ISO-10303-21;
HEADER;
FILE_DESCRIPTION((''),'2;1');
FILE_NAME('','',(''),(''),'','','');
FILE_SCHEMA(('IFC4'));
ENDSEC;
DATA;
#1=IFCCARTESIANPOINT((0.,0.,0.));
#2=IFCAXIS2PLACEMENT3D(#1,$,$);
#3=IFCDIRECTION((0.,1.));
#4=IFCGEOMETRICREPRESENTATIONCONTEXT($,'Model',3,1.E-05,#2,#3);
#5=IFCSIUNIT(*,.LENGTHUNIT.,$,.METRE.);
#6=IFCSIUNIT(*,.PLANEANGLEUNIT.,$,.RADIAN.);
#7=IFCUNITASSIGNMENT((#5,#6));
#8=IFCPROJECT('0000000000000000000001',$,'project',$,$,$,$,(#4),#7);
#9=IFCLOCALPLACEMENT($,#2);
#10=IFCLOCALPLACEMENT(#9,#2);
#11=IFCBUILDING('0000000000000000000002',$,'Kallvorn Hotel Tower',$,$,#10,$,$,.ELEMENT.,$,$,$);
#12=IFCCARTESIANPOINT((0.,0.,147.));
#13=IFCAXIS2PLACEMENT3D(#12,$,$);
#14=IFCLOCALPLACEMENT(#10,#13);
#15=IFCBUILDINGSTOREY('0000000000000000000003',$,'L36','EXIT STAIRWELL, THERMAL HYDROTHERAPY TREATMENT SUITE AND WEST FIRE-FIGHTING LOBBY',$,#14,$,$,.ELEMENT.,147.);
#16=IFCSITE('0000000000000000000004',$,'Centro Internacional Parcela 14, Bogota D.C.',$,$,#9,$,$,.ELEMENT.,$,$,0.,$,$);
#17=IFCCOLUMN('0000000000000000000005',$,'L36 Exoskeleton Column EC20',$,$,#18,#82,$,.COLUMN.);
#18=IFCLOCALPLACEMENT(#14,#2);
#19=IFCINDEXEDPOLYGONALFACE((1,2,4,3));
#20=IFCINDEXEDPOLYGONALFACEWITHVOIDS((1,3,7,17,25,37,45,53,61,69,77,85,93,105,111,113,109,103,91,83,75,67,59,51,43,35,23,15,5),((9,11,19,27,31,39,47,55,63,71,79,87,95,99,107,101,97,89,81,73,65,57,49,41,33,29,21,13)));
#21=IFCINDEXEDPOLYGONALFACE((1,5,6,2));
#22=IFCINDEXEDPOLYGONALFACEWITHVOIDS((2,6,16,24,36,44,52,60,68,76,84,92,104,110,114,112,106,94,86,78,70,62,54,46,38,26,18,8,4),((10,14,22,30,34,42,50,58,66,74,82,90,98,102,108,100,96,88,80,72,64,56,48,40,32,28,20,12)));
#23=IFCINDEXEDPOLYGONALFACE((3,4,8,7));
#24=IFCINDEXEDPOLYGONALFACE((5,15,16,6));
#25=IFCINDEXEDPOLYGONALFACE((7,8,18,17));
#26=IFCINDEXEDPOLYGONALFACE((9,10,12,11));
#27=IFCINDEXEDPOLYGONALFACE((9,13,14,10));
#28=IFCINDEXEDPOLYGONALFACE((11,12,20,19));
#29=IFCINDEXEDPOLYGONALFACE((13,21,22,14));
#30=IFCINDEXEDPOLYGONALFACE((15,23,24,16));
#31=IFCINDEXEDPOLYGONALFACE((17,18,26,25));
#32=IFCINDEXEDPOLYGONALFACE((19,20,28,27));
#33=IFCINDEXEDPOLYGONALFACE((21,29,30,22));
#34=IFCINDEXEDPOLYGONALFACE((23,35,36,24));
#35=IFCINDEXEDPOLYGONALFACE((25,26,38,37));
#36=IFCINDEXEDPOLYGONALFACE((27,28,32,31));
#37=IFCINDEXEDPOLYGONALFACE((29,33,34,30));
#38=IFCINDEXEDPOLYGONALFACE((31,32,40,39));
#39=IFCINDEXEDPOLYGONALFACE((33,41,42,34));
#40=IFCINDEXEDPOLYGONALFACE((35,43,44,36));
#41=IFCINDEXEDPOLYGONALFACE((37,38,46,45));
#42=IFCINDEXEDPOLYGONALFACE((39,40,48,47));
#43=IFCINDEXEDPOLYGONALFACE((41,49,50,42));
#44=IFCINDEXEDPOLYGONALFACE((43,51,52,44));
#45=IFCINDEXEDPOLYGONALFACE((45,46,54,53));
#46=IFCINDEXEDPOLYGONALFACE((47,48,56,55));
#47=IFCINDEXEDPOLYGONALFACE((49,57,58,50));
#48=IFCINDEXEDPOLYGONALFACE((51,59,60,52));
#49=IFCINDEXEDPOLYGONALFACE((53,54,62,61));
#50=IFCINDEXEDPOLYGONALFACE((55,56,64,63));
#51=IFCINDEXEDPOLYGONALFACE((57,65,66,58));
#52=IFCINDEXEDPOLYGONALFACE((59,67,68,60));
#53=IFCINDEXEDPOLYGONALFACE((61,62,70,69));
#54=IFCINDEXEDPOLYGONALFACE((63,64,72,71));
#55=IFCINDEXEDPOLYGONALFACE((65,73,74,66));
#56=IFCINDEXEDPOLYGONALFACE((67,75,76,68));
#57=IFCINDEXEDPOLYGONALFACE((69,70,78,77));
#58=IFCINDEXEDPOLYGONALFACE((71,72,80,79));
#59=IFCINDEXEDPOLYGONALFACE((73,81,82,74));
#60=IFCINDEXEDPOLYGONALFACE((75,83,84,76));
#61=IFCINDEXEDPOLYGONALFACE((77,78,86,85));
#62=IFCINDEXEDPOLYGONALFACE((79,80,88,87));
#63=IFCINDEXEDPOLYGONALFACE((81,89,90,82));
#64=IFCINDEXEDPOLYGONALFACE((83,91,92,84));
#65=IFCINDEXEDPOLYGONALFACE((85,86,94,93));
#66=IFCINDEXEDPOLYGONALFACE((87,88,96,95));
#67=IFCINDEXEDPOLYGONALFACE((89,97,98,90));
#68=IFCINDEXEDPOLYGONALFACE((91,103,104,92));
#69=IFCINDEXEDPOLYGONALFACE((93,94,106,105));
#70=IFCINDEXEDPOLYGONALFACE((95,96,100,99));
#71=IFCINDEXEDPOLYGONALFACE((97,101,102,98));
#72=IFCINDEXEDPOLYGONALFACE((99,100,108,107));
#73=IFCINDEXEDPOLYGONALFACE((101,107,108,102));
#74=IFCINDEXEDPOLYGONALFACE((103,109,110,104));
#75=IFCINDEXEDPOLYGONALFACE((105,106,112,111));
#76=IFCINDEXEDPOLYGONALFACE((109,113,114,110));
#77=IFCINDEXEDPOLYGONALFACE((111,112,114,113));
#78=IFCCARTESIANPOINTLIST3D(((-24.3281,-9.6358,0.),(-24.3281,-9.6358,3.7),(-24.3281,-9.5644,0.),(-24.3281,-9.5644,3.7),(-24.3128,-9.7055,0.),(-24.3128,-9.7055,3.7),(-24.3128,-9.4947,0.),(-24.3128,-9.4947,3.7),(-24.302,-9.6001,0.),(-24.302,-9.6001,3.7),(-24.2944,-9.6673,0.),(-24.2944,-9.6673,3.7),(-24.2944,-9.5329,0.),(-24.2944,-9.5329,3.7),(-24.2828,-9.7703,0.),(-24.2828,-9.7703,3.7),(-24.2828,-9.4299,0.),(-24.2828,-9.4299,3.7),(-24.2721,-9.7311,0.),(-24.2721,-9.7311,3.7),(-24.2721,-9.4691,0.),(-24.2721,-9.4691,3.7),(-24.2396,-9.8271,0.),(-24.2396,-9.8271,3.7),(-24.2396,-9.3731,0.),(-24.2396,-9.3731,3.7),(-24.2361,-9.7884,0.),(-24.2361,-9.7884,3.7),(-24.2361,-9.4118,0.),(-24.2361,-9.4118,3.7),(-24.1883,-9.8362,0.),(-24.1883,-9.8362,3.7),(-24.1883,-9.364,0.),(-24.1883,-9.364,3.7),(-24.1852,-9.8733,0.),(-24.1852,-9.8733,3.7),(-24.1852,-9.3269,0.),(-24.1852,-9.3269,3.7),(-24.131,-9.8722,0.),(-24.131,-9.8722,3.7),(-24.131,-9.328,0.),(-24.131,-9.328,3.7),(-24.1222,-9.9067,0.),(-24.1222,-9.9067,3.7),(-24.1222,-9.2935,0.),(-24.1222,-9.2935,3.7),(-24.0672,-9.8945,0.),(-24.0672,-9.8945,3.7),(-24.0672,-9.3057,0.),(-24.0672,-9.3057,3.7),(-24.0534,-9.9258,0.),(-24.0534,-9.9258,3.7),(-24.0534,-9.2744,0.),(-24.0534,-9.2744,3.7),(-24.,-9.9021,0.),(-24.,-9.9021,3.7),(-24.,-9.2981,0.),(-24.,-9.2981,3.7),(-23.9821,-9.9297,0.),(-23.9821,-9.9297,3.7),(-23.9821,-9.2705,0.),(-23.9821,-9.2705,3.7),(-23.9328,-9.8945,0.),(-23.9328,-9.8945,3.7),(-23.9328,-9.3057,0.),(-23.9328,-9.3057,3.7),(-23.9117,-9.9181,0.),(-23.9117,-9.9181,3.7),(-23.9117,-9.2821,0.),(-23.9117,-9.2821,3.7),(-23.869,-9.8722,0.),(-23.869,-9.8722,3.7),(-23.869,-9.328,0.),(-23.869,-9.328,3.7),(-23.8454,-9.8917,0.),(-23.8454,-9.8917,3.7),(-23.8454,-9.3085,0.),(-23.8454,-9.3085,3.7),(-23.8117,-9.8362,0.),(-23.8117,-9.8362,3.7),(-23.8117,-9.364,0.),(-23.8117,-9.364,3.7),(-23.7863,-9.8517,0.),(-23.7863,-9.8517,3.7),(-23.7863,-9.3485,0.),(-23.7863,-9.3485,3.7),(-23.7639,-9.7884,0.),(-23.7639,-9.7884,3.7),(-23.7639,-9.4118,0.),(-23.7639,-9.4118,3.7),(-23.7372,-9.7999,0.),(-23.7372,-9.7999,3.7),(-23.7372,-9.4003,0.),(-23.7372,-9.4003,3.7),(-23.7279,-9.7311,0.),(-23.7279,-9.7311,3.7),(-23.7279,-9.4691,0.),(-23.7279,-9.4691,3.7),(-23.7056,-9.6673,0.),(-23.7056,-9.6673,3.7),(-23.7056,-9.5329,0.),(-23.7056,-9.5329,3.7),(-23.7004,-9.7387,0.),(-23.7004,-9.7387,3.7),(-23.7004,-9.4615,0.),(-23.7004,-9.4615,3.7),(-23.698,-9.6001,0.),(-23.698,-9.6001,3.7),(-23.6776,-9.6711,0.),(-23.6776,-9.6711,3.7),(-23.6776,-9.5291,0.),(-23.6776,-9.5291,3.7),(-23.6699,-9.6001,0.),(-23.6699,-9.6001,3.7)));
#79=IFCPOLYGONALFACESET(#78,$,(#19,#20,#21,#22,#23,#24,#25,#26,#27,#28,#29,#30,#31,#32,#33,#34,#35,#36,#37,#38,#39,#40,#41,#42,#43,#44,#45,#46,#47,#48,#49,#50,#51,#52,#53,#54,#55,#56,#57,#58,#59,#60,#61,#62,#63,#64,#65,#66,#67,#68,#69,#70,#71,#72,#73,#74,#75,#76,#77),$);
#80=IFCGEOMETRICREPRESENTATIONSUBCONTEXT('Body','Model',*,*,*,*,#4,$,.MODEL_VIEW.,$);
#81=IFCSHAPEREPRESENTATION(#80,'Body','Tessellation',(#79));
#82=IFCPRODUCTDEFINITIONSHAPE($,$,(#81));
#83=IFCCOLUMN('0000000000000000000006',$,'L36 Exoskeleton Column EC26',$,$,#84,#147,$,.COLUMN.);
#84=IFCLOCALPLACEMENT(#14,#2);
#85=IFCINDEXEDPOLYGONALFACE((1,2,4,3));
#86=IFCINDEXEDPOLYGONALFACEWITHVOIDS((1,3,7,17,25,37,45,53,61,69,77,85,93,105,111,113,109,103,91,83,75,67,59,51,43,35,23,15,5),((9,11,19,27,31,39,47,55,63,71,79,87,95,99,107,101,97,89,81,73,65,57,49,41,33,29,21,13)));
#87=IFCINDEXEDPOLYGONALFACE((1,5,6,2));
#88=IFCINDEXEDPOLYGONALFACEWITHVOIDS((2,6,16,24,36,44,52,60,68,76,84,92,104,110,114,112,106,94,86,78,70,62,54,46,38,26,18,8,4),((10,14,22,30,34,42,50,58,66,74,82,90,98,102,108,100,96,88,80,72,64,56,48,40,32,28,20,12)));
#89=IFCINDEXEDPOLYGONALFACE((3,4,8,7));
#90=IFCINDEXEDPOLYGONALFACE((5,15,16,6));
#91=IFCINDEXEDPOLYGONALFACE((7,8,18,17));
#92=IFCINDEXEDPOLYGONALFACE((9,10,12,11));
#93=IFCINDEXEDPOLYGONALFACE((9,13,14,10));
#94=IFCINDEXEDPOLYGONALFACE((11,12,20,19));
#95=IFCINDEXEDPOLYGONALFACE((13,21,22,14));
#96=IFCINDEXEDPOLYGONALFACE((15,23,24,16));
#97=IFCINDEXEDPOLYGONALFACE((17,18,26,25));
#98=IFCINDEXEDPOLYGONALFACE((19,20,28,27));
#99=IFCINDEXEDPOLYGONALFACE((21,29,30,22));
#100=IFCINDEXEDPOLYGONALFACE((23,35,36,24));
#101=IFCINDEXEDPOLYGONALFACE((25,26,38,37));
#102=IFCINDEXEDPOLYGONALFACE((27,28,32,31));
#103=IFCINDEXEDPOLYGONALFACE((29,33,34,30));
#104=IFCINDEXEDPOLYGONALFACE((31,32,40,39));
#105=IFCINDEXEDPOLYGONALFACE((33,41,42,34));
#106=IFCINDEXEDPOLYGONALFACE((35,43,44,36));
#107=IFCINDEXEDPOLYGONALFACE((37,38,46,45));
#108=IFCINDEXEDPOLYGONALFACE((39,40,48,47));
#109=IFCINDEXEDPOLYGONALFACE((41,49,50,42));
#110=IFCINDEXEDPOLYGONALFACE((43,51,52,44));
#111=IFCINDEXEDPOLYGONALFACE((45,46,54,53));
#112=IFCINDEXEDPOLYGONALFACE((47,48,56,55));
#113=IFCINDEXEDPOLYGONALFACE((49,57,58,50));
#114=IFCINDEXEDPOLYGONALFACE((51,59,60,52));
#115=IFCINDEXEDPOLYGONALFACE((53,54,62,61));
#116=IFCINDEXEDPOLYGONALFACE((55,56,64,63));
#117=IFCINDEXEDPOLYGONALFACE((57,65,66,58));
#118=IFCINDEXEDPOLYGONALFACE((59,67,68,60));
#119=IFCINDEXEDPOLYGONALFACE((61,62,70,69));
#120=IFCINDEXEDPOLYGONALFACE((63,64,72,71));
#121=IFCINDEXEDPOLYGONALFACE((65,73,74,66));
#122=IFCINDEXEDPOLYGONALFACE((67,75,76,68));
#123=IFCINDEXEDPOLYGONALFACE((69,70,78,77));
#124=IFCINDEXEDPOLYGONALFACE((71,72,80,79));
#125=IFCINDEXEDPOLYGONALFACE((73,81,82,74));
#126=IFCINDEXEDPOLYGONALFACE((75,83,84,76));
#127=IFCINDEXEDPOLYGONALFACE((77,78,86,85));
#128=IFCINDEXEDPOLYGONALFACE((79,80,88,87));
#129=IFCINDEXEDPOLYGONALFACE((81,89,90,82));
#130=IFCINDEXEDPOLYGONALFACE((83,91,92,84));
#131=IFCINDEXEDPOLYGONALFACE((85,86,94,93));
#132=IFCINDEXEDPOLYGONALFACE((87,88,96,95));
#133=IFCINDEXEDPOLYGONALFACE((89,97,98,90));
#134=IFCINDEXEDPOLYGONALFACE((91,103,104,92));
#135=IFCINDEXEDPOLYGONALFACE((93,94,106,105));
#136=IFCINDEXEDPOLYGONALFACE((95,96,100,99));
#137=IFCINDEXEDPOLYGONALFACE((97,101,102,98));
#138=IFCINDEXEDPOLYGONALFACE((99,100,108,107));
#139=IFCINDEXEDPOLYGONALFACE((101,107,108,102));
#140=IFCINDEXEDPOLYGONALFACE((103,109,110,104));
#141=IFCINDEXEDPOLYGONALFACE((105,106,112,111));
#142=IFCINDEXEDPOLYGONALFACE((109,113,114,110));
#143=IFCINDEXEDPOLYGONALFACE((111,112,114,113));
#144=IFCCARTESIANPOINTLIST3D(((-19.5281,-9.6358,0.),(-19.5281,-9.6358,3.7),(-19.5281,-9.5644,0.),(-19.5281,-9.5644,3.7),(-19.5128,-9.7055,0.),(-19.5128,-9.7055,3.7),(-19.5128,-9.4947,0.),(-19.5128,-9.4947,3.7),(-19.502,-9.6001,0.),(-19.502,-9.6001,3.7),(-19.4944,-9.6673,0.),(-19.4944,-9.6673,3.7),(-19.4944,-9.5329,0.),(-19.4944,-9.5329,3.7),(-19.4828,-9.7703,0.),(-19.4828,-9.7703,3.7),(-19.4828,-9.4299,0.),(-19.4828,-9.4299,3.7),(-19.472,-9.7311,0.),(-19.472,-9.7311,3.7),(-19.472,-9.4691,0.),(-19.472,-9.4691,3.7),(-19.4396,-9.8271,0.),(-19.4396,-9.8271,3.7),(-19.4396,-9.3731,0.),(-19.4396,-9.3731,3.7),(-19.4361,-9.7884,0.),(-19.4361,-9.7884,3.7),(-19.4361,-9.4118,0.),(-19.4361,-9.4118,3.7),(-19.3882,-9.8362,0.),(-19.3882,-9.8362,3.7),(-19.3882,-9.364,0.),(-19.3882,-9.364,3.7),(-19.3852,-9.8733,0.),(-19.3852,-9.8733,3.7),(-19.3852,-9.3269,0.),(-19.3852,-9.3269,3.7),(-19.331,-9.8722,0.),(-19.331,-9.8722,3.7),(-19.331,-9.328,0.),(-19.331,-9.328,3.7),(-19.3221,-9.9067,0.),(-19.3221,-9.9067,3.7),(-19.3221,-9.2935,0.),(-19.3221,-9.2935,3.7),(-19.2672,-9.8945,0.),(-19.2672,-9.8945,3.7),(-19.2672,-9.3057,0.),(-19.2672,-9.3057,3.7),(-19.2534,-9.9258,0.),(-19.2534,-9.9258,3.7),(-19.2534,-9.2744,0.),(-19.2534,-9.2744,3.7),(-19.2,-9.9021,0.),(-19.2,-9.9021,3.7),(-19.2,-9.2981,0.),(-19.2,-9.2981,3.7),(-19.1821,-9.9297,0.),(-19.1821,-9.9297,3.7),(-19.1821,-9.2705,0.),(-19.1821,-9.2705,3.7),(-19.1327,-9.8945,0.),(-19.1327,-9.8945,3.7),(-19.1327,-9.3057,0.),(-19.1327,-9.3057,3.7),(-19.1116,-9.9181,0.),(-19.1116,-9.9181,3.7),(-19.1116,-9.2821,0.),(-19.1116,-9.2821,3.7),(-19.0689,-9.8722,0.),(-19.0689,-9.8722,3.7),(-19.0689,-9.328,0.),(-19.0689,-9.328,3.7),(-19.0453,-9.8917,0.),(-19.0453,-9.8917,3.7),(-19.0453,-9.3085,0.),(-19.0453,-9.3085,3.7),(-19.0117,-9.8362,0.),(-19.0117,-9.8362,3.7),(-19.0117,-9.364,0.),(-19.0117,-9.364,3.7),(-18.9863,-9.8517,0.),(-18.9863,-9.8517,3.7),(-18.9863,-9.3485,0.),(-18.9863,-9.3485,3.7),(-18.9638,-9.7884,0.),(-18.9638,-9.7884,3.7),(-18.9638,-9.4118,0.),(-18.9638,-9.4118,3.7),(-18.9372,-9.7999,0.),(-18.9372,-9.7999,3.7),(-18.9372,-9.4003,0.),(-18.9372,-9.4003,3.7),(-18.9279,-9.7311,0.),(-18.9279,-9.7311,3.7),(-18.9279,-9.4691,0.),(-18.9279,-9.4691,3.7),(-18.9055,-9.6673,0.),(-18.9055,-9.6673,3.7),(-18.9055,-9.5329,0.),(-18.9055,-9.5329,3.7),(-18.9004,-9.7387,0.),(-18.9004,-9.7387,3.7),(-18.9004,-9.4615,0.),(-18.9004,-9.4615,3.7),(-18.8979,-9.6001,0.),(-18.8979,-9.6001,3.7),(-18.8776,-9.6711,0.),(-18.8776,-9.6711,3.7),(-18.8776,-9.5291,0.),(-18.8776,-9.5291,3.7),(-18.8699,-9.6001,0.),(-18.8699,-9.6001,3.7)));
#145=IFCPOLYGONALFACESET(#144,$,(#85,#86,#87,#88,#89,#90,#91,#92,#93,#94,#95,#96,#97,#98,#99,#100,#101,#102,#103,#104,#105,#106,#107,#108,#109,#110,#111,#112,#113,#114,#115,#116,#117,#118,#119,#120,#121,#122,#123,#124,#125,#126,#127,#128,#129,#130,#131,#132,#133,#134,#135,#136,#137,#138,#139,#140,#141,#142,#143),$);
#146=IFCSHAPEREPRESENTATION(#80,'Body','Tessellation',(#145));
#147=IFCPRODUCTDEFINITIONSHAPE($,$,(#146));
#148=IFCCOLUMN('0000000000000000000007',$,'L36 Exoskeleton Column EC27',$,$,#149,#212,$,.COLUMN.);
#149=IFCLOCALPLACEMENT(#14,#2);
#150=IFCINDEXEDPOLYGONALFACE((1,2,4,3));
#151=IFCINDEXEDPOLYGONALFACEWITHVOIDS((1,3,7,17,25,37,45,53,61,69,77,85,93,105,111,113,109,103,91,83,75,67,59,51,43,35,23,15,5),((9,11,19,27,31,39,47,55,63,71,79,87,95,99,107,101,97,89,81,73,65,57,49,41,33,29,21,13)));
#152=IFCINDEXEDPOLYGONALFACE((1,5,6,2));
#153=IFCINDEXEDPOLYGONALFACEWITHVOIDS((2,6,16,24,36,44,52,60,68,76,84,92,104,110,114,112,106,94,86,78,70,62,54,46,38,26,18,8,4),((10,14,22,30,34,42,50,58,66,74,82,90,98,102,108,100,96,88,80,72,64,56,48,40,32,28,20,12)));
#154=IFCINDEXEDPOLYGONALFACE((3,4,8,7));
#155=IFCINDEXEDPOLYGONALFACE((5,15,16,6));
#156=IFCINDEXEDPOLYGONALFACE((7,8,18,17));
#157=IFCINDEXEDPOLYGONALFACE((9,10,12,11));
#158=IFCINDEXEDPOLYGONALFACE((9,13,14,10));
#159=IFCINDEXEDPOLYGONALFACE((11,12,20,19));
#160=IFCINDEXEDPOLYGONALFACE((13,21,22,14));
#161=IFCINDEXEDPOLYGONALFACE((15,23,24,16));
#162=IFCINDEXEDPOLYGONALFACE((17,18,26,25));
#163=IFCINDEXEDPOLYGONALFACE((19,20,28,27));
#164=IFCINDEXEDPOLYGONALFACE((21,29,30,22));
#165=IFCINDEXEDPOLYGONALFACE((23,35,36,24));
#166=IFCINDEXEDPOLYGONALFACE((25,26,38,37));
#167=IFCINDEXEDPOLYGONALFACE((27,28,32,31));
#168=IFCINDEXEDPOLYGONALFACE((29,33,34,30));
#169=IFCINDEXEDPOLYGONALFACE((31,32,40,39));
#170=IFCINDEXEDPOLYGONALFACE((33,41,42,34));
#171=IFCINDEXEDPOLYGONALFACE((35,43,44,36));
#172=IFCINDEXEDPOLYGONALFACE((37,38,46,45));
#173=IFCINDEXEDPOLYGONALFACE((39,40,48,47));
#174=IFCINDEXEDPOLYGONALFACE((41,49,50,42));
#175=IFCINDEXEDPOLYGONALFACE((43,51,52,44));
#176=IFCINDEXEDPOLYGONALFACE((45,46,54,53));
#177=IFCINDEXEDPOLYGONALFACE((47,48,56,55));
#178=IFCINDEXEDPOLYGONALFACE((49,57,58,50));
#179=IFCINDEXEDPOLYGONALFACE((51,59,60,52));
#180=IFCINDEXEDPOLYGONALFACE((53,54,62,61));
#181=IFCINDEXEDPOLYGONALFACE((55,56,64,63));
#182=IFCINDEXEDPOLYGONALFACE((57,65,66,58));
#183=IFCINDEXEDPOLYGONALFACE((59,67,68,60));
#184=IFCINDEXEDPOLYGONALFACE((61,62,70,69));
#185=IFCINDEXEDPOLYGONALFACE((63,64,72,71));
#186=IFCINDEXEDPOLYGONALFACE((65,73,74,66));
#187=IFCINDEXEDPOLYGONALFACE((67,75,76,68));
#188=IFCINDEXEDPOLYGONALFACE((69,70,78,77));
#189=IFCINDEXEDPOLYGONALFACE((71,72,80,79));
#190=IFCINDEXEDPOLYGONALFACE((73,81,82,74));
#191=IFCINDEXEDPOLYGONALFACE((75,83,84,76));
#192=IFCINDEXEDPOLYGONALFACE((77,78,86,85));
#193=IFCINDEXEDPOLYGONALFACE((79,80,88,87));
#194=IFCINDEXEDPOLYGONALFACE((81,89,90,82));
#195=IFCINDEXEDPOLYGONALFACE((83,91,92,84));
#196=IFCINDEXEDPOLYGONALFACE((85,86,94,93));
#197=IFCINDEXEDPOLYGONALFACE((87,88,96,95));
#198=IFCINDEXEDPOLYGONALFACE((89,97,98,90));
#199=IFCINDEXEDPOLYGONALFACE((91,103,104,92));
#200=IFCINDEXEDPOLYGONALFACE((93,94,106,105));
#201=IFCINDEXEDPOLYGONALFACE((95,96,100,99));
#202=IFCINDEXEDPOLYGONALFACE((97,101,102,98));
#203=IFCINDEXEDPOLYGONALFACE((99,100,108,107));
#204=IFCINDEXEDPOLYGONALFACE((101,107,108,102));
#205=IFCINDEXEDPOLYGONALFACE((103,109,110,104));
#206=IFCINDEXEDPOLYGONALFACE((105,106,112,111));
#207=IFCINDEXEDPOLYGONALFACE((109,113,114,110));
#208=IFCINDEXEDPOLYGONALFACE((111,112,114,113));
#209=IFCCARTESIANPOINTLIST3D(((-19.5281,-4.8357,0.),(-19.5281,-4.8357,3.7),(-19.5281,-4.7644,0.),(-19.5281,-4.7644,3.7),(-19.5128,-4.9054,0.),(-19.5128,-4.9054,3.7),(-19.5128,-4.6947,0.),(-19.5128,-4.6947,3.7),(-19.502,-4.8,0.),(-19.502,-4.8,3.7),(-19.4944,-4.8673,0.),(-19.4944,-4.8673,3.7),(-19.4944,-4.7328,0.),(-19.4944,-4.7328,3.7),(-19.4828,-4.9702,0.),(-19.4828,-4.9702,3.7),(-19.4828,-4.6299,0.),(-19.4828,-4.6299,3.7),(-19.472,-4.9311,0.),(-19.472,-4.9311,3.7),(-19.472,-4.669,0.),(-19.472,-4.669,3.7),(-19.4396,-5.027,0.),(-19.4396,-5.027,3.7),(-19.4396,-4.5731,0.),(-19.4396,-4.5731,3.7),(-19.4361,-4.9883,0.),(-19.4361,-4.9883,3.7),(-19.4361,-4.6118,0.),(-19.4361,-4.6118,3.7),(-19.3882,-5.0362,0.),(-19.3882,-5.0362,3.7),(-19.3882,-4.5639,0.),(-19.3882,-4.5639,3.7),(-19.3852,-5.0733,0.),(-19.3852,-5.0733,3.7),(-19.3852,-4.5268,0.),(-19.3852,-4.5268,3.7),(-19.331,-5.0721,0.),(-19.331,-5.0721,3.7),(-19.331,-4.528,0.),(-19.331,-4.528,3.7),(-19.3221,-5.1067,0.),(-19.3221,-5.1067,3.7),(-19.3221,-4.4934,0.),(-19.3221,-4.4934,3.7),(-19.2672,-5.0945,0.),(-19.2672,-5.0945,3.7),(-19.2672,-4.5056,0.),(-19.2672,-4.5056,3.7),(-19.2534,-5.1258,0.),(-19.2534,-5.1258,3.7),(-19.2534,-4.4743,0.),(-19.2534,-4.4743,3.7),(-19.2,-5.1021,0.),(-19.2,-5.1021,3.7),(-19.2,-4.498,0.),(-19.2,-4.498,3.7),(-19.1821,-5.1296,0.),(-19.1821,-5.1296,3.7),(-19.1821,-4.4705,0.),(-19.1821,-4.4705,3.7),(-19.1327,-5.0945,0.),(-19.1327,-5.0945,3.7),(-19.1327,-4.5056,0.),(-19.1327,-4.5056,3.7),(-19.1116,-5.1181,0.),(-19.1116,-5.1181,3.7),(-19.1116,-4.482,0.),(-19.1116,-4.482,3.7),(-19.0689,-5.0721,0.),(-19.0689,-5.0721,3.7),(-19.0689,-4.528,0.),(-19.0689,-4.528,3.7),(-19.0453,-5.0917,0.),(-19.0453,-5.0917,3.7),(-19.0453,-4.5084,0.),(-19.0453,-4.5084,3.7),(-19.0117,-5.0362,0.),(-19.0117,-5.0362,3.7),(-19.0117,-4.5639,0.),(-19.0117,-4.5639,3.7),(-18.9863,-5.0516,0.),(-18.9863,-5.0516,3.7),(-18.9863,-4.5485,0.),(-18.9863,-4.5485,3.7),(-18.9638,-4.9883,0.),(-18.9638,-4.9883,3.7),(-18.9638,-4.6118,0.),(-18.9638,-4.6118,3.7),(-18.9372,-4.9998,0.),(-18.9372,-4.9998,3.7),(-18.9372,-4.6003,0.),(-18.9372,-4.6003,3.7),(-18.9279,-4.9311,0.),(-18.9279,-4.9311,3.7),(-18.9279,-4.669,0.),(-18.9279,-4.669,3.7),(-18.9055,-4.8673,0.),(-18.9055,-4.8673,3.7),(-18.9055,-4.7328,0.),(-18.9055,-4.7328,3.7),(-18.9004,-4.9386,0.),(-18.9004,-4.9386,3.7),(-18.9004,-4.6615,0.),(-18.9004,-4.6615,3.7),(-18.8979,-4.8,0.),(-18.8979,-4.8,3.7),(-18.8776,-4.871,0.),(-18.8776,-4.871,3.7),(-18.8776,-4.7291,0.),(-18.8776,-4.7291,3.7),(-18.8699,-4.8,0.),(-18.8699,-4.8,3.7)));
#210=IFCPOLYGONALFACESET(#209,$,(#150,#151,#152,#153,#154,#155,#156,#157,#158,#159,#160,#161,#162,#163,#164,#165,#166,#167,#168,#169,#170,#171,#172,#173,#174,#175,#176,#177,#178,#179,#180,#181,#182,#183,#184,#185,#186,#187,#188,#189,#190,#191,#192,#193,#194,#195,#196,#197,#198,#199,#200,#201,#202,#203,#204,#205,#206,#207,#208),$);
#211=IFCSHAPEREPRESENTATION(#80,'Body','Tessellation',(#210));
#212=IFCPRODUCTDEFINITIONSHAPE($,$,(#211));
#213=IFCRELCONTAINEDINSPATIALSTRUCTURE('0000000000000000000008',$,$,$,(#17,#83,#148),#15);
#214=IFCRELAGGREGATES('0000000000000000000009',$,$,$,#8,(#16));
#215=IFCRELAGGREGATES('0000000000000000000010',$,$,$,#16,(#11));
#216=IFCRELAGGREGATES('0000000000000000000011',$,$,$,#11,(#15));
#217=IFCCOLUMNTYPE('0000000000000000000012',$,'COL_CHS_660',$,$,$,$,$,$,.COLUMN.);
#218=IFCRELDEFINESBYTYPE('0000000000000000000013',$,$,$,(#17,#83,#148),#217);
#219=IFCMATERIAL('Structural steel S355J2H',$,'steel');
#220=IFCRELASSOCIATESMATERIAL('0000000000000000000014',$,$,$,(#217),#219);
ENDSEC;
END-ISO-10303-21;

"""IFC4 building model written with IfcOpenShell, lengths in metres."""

from ifc_helpers import new_model, si_unit, direction, frame, origin, origin_2d, place, context, subcontext, project, spatial, hollow_circle, extrude, material, material_profile, profile_set, type_object, element, save


model = new_model("IFC4")

# Units and contexts
model_context = context("Model", 3, precision=1e-05, world=origin(), true_north=direction((0.0, 1.0)))
body_context = subcontext(model_context, "Body", "Model", "MODEL_VIEW")
ifc_project = project(units=[si_unit("LENGTHUNIT", "METRE"), si_unit("PLANEANGLEUNIT", "RADIAN")], contexts=[model_context])

# Site, building, storey
site_placement = place(None, origin())
site = spatial("IfcSite", under=ifc_project, at=site_placement, Name="Centro Internacional Parcela 14, Bogota D.C.", CompositionType="ELEMENT", RefElevation=0.0)
building_placement = place(site_placement, origin())
building = spatial("IfcBuilding", under=site, at=building_placement, Name="Kallvorn Hotel Tower", CompositionType="ELEMENT")
storey_placement = place(building_placement, frame((0.0, 0.0, 147.0)))
storey = spatial("IfcBuildingStorey", under=building, at=storey_placement, Name="L36", Description="EXIT STAIRWELL, THERMAL HYDROTHERAPY TREATMENT SUITE AND WEST FIRE-FIGHTING LOBBY", CompositionType="ELEMENT", Elevation=147.0)

# Columns
ifc_material_1 = material(Name="Structural steel S355J2H", Category="steel")
ifc_material_profile_1 = material_profile(ifc_material_1, hollow_circle(Radius=0.3301, WallThickness=0.0281, at=origin_2d()), Name="CHS 660x28")
ifc_profile_set_1 = profile_set([ifc_material_profile_1], Name="Structural steel S355J2H")
column_type_1 = type_object("IfcColumnType", Name="COL_CHS_660", PredefinedType="COLUMN", material=ifc_profile_set_1)
for number, where, z_axis, x_axis, name in (
    (1, (-24.0, -9.6001, 0.0), (0.0, 0.0, 1.0), (1.0, 0.0, 0.0), "L36 Exoskeleton Column EC20"),
    (2, (-19.2, -9.6001, 0.0), (0.0, 0.0, 1.0), (1.0, 0.0, 0.0), "L36 Exoskeleton Column EC26"),
    (3, (-19.2, -4.8, 0.0), (0.0, 0.0, 1.0), (1.0, 0.0, 0.0), "L36 Exoskeleton Column EC27"),
):
    element("IfcColumn", number, at=place(storey_placement, frame(where, z_axis=z_axis, x_axis=x_axis)), inside=storey, type_object=column_type_1, Name=name, PredefinedType="COLUMN", context=body_context, shape_type="SweptSolid", body=[
        extrude(hollow_circle(Radius=0.3301, WallThickness=0.0281, at=origin_2d()), origin(), (0.0, 0.0, 1.0), 3.7),
    ])

save(model, "model.ifc")
